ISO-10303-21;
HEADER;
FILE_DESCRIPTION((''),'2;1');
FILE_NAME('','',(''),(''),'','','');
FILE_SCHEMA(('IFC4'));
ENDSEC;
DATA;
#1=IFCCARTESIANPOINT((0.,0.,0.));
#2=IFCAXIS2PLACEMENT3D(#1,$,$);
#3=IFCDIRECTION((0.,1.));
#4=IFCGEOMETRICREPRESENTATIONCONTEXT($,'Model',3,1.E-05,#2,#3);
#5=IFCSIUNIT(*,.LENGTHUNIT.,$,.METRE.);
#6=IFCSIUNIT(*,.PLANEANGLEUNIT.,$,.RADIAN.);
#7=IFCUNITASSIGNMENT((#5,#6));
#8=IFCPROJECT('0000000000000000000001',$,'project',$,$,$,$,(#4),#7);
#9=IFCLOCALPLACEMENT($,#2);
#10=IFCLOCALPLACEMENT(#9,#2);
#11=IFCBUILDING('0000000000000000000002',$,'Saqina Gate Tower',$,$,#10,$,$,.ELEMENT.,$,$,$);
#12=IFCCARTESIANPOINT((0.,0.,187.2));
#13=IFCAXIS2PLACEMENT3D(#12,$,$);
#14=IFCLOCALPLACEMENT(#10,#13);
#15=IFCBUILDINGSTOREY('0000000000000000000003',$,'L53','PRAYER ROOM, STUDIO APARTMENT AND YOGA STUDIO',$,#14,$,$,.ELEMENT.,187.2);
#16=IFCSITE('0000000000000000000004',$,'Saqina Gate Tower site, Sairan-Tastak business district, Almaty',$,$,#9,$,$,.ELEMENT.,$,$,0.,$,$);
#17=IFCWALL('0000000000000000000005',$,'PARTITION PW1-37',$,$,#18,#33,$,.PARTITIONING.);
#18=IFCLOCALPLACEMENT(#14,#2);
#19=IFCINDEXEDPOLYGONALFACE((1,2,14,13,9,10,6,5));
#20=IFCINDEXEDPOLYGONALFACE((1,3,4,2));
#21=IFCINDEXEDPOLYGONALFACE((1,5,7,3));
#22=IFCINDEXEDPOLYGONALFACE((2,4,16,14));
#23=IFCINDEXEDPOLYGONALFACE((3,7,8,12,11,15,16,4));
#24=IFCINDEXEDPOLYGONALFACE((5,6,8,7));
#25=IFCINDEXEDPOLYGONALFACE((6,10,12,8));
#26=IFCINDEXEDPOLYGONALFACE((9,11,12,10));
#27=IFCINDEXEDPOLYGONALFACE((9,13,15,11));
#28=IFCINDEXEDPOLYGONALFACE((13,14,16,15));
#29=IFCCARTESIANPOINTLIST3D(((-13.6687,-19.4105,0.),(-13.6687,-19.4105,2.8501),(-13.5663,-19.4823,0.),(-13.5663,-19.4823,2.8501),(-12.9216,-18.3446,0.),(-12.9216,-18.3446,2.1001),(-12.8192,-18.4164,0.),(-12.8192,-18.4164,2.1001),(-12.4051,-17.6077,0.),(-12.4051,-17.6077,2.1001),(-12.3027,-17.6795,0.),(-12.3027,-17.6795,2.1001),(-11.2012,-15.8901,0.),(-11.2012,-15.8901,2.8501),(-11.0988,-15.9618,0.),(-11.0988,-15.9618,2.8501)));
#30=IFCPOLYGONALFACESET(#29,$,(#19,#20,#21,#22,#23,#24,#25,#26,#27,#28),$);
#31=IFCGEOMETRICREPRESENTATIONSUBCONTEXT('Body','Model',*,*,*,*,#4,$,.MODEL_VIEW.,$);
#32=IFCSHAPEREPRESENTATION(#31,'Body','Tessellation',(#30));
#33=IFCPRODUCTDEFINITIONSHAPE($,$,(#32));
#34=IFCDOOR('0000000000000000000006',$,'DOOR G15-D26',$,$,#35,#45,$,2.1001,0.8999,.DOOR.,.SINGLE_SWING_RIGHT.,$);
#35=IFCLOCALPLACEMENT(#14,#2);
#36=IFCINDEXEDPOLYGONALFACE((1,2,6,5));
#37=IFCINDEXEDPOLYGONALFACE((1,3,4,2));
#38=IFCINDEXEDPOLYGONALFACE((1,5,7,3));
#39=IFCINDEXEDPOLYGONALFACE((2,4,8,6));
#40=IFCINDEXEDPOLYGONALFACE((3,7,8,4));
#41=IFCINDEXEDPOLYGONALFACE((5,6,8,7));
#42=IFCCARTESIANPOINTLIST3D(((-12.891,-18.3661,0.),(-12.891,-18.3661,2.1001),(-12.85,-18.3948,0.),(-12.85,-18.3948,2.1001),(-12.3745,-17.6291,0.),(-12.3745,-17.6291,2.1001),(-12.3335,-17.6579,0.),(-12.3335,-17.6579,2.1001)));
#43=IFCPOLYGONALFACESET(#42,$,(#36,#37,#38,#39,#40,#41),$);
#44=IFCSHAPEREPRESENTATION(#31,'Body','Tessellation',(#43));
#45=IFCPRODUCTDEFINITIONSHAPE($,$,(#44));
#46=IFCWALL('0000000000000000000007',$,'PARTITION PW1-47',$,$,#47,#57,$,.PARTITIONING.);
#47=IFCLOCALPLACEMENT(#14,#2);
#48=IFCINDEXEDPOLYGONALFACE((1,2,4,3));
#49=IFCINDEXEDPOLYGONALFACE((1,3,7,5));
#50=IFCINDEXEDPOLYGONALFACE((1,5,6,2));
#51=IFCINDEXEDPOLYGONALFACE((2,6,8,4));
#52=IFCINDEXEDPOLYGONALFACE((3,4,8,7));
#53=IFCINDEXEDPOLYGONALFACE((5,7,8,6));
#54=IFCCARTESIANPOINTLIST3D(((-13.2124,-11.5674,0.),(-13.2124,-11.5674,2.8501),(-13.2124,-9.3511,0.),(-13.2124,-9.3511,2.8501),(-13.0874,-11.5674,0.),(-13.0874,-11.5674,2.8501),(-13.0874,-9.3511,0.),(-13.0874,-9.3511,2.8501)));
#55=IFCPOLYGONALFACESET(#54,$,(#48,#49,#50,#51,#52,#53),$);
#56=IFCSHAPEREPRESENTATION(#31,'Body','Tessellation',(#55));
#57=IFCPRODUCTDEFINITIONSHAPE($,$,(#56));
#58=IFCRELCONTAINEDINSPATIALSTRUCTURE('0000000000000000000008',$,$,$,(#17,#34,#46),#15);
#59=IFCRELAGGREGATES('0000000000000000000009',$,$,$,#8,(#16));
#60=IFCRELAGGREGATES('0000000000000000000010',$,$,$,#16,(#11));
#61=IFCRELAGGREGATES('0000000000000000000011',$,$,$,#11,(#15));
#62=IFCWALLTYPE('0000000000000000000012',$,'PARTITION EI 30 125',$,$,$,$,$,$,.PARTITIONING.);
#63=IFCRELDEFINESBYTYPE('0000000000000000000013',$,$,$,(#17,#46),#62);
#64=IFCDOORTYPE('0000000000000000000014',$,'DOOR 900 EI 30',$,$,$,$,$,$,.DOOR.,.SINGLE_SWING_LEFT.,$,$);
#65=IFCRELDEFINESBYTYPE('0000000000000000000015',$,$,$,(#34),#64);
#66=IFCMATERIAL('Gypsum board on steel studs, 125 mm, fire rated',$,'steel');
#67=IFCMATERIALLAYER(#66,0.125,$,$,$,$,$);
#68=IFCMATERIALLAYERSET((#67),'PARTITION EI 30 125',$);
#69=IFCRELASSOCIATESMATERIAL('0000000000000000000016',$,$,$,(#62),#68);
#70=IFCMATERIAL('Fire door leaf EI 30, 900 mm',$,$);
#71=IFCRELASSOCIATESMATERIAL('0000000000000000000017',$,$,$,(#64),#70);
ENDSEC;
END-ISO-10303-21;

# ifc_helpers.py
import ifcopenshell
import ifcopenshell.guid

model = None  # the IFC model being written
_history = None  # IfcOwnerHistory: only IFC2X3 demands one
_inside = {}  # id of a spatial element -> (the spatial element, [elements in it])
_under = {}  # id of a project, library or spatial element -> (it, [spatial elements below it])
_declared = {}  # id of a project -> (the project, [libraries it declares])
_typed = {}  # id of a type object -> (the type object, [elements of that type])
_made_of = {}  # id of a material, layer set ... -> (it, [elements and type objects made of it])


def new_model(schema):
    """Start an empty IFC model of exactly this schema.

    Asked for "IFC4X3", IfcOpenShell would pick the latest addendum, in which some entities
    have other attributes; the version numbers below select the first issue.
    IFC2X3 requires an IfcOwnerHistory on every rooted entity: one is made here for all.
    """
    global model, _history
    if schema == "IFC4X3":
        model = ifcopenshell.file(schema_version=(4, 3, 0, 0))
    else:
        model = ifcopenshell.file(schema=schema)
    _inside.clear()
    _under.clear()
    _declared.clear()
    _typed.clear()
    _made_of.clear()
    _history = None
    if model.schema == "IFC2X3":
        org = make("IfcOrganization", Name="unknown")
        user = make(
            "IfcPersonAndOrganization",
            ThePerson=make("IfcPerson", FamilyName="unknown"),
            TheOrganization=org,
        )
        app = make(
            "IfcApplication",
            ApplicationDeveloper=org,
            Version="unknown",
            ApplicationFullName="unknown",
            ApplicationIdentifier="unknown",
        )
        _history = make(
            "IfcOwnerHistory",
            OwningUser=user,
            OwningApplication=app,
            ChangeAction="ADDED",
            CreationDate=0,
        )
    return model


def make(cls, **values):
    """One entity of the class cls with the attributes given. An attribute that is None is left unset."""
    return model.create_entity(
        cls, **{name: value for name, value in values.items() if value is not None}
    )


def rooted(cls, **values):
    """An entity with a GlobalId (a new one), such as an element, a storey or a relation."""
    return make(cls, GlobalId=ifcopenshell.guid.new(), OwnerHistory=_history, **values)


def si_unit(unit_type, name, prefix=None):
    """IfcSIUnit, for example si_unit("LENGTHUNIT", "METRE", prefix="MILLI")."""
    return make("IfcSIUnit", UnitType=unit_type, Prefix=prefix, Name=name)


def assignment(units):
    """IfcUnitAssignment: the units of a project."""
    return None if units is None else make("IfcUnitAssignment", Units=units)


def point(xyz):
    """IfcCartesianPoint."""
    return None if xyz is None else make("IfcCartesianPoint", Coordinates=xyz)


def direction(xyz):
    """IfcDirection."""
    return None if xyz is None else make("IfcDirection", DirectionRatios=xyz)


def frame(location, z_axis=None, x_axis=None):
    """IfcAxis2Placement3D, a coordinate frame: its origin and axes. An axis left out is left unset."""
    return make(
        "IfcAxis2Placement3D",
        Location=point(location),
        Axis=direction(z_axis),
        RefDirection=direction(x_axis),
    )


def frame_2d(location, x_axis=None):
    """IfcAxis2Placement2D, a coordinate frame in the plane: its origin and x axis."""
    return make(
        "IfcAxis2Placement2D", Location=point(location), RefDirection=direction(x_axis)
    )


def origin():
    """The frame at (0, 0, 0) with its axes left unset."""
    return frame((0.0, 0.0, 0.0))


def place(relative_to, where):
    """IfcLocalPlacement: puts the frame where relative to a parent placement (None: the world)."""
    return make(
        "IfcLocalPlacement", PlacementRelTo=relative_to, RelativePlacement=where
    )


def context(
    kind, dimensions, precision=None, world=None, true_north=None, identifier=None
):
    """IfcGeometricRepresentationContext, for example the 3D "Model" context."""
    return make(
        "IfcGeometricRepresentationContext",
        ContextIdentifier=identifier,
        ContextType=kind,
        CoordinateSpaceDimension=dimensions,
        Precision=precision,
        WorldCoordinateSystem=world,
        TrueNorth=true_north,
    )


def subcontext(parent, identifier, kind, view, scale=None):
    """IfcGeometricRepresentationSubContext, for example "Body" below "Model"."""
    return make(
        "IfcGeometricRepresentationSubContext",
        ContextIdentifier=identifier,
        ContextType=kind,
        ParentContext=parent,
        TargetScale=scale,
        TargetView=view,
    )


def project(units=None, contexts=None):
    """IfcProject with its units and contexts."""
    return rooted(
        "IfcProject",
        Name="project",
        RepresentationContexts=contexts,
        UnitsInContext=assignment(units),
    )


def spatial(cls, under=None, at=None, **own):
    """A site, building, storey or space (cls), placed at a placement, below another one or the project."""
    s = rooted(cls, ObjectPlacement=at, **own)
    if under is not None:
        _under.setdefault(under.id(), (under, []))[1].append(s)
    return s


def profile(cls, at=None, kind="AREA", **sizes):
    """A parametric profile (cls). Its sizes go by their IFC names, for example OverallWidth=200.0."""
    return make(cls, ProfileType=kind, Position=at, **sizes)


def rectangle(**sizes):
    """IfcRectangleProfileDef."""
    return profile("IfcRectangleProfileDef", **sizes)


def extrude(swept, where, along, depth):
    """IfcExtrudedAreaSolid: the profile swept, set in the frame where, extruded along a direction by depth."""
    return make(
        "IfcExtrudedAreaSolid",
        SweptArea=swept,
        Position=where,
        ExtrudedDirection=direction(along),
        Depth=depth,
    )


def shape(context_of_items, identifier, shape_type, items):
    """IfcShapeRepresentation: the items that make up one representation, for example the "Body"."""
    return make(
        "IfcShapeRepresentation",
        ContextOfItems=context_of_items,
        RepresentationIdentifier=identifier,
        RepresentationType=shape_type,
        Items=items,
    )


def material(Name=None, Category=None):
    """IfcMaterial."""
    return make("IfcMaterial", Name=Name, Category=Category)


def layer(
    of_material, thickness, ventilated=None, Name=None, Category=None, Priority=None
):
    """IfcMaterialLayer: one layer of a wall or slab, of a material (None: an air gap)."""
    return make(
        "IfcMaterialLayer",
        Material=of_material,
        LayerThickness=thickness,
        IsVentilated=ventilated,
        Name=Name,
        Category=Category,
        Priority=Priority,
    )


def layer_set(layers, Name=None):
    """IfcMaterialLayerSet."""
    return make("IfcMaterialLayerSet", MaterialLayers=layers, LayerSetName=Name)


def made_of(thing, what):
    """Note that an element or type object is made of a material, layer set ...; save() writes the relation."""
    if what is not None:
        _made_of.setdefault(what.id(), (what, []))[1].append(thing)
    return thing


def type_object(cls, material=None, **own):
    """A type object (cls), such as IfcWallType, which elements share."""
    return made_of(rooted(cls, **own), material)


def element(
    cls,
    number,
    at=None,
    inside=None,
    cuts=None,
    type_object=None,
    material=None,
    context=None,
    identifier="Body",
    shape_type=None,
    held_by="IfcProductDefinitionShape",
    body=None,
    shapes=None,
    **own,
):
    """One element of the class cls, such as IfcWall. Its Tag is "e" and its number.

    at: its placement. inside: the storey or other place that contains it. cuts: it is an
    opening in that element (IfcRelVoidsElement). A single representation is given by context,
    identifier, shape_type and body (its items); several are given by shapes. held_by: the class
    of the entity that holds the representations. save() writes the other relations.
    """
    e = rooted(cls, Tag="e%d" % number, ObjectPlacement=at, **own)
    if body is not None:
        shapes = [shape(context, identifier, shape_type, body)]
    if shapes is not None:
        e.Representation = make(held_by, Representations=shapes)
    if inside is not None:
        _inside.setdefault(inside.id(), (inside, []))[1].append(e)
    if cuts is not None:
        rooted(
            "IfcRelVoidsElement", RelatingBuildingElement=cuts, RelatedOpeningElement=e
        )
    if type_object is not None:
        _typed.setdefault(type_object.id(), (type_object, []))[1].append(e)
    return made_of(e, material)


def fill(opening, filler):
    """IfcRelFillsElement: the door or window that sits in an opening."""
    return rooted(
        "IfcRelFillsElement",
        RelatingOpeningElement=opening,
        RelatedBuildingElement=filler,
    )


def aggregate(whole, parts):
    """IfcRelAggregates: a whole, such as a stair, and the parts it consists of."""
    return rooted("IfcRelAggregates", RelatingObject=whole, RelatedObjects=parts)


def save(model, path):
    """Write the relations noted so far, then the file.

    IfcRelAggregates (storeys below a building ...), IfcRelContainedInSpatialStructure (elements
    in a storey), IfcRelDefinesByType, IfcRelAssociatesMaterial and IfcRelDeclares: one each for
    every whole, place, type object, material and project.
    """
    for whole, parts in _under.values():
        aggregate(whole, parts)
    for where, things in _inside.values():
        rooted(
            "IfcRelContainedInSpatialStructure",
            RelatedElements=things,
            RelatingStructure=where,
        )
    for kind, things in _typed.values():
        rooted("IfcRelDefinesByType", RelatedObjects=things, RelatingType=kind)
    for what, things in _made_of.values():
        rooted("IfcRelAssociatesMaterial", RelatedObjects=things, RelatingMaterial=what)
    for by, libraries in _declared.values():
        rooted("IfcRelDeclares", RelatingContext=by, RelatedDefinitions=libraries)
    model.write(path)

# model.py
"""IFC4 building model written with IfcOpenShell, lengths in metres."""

from ifc_helpers import new_model, si_unit, direction, frame, frame_2d, origin, place, context, subcontext, project, spatial, rectangle, extrude, material, layer, layer_set, type_object, element, fill, save


model = new_model("IFC4")

# Units and contexts
model_context = context("Model", 3, precision=1e-05, world=origin(), true_north=direction((0.0, 1.0)))
body_context = subcontext(model_context, "Body", "Model", "MODEL_VIEW")
ifc_project = project(units=[si_unit("LENGTHUNIT", "METRE"), si_unit("PLANEANGLEUNIT", "RADIAN")], contexts=[model_context])

# Site, building, storey
site_placement = place(None, origin())
site = spatial("IfcSite", under=ifc_project, at=site_placement, Name="Saqina Gate Tower site, Sairan-Tastak business district, Almaty", CompositionType="ELEMENT", RefElevation=0.0)
building_placement = place(site_placement, origin())
building = spatial("IfcBuilding", under=site, at=building_placement, Name="Saqina Gate Tower", CompositionType="ELEMENT")
storey_placement = place(building_placement, frame((0.0, 0.0, 187.2)))
storey = spatial("IfcBuildingStorey", under=building, at=storey_placement, Name="L53", Description="PRAYER ROOM, STUDIO APARTMENT AND YOGA STUDIO", CompositionType="ELEMENT", Elevation=187.2)

# Shared definitions
ifc_material_1 = material(Name="Gypsum board on steel studs, 125 mm, fire rated", Category="steel")
ifc_layer_1 = layer(ifc_material_1, 0.125)
ifc_layer_set_1 = layer_set([ifc_layer_1], Name="PARTITION EI 30 125")
wall_type_1 = type_object("IfcWallType", Name="PARTITION EI 30 125", PredefinedType="PARTITIONING", material=ifc_layer_set_1)

# Shared definitions
ifc_material_2 = material(Name="Fire door leaf EI 30, 900 mm")
door_type_1 = type_object("IfcDoorType", Name="DOOR 900 EI 30", OperationType="SINGLE_SWING_LEFT", PredefinedType="DOOR", material=ifc_material_2)

# Wall, opening, door
wall_1_placement = place(storey_placement, frame((-13.6174, -19.4463, 0.0), z_axis=(0.0, 0.0, 1.0), x_axis=(0.573958, 0.818885, 0.0)))
wall_1 = element("IfcWall", 1, at=wall_1_placement, inside=storey, type_object=wall_type_1, Name="PARTITION PW1-37", PredefinedType="PARTITIONING", context=body_context, shape_type="SweptSolid", body=[
    extrude(rectangle(XDim=4.2991, YDim=0.125, at=frame_2d((2.1494, 0.0))), origin(), (0.0, 0.0, 1.0), 2.8501),
])
opening_1_placement = place(wall_1_placement, frame((1.3015, 0.0, 0.0)))
opening_1 = element("IfcOpeningElement", 2, at=opening_1_placement, cuts=wall_1, PredefinedType="OPENING", context=body_context, shape_type="SweptSolid", body=[
    extrude(rectangle(XDim=0.8999, YDim=2.1001, at=frame_2d((0.45, 1.05))), frame((0.0, 0.0745, 0.0), z_axis=(0.0, -1.0, 0.0), x_axis=(1.0, 0.0, 0.0)), (0.0, 0.0, 1.0), 0.1489),
])
door_1_placement = place(opening_1_placement, frame((0.8999, 0.0, 0.0), z_axis=(0.0, 0.0, 1.0), x_axis=(-1.0, 0.0, 0.0)))
door_1 = element("IfcDoor", 3, at=door_1_placement, inside=storey, type_object=door_type_1, Name="DOOR G15-D26", OperationType="SINGLE_SWING_RIGHT", OverallHeight=2.1001, OverallWidth=0.8999, PredefinedType="DOOR", context=body_context, shape_type="SweptSolid", body=[
    extrude(rectangle(XDim=0.8999, YDim=2.1001, at=frame_2d((0.45, 1.05))), frame((0.0, 0.0249, 0.0), z_axis=(0.0, -1.0, 0.0), x_axis=(1.0, 0.0, 0.0)), (0.0, 0.0, 1.0), 0.05),
])
fill(opening_1, door_1)

# Wall
wall_2_placement = place(storey_placement, frame((-13.1499, -11.5674, 0.0), z_axis=(0.0, 0.0, 1.0), x_axis=(0.0, 1.0, 0.0)))
element("IfcWall", 4, at=wall_2_placement, inside=storey, type_object=wall_type_1, Name="PARTITION PW1-47", PredefinedType="PARTITIONING", context=body_context, shape_type="SweptSolid", body=[
    extrude(rectangle(XDim=2.2163, YDim=0.125, at=frame_2d((1.1082, 0.0))), origin(), (0.0, 0.0, 1.0), 2.8501),
])

save(model, "model.ifc")
